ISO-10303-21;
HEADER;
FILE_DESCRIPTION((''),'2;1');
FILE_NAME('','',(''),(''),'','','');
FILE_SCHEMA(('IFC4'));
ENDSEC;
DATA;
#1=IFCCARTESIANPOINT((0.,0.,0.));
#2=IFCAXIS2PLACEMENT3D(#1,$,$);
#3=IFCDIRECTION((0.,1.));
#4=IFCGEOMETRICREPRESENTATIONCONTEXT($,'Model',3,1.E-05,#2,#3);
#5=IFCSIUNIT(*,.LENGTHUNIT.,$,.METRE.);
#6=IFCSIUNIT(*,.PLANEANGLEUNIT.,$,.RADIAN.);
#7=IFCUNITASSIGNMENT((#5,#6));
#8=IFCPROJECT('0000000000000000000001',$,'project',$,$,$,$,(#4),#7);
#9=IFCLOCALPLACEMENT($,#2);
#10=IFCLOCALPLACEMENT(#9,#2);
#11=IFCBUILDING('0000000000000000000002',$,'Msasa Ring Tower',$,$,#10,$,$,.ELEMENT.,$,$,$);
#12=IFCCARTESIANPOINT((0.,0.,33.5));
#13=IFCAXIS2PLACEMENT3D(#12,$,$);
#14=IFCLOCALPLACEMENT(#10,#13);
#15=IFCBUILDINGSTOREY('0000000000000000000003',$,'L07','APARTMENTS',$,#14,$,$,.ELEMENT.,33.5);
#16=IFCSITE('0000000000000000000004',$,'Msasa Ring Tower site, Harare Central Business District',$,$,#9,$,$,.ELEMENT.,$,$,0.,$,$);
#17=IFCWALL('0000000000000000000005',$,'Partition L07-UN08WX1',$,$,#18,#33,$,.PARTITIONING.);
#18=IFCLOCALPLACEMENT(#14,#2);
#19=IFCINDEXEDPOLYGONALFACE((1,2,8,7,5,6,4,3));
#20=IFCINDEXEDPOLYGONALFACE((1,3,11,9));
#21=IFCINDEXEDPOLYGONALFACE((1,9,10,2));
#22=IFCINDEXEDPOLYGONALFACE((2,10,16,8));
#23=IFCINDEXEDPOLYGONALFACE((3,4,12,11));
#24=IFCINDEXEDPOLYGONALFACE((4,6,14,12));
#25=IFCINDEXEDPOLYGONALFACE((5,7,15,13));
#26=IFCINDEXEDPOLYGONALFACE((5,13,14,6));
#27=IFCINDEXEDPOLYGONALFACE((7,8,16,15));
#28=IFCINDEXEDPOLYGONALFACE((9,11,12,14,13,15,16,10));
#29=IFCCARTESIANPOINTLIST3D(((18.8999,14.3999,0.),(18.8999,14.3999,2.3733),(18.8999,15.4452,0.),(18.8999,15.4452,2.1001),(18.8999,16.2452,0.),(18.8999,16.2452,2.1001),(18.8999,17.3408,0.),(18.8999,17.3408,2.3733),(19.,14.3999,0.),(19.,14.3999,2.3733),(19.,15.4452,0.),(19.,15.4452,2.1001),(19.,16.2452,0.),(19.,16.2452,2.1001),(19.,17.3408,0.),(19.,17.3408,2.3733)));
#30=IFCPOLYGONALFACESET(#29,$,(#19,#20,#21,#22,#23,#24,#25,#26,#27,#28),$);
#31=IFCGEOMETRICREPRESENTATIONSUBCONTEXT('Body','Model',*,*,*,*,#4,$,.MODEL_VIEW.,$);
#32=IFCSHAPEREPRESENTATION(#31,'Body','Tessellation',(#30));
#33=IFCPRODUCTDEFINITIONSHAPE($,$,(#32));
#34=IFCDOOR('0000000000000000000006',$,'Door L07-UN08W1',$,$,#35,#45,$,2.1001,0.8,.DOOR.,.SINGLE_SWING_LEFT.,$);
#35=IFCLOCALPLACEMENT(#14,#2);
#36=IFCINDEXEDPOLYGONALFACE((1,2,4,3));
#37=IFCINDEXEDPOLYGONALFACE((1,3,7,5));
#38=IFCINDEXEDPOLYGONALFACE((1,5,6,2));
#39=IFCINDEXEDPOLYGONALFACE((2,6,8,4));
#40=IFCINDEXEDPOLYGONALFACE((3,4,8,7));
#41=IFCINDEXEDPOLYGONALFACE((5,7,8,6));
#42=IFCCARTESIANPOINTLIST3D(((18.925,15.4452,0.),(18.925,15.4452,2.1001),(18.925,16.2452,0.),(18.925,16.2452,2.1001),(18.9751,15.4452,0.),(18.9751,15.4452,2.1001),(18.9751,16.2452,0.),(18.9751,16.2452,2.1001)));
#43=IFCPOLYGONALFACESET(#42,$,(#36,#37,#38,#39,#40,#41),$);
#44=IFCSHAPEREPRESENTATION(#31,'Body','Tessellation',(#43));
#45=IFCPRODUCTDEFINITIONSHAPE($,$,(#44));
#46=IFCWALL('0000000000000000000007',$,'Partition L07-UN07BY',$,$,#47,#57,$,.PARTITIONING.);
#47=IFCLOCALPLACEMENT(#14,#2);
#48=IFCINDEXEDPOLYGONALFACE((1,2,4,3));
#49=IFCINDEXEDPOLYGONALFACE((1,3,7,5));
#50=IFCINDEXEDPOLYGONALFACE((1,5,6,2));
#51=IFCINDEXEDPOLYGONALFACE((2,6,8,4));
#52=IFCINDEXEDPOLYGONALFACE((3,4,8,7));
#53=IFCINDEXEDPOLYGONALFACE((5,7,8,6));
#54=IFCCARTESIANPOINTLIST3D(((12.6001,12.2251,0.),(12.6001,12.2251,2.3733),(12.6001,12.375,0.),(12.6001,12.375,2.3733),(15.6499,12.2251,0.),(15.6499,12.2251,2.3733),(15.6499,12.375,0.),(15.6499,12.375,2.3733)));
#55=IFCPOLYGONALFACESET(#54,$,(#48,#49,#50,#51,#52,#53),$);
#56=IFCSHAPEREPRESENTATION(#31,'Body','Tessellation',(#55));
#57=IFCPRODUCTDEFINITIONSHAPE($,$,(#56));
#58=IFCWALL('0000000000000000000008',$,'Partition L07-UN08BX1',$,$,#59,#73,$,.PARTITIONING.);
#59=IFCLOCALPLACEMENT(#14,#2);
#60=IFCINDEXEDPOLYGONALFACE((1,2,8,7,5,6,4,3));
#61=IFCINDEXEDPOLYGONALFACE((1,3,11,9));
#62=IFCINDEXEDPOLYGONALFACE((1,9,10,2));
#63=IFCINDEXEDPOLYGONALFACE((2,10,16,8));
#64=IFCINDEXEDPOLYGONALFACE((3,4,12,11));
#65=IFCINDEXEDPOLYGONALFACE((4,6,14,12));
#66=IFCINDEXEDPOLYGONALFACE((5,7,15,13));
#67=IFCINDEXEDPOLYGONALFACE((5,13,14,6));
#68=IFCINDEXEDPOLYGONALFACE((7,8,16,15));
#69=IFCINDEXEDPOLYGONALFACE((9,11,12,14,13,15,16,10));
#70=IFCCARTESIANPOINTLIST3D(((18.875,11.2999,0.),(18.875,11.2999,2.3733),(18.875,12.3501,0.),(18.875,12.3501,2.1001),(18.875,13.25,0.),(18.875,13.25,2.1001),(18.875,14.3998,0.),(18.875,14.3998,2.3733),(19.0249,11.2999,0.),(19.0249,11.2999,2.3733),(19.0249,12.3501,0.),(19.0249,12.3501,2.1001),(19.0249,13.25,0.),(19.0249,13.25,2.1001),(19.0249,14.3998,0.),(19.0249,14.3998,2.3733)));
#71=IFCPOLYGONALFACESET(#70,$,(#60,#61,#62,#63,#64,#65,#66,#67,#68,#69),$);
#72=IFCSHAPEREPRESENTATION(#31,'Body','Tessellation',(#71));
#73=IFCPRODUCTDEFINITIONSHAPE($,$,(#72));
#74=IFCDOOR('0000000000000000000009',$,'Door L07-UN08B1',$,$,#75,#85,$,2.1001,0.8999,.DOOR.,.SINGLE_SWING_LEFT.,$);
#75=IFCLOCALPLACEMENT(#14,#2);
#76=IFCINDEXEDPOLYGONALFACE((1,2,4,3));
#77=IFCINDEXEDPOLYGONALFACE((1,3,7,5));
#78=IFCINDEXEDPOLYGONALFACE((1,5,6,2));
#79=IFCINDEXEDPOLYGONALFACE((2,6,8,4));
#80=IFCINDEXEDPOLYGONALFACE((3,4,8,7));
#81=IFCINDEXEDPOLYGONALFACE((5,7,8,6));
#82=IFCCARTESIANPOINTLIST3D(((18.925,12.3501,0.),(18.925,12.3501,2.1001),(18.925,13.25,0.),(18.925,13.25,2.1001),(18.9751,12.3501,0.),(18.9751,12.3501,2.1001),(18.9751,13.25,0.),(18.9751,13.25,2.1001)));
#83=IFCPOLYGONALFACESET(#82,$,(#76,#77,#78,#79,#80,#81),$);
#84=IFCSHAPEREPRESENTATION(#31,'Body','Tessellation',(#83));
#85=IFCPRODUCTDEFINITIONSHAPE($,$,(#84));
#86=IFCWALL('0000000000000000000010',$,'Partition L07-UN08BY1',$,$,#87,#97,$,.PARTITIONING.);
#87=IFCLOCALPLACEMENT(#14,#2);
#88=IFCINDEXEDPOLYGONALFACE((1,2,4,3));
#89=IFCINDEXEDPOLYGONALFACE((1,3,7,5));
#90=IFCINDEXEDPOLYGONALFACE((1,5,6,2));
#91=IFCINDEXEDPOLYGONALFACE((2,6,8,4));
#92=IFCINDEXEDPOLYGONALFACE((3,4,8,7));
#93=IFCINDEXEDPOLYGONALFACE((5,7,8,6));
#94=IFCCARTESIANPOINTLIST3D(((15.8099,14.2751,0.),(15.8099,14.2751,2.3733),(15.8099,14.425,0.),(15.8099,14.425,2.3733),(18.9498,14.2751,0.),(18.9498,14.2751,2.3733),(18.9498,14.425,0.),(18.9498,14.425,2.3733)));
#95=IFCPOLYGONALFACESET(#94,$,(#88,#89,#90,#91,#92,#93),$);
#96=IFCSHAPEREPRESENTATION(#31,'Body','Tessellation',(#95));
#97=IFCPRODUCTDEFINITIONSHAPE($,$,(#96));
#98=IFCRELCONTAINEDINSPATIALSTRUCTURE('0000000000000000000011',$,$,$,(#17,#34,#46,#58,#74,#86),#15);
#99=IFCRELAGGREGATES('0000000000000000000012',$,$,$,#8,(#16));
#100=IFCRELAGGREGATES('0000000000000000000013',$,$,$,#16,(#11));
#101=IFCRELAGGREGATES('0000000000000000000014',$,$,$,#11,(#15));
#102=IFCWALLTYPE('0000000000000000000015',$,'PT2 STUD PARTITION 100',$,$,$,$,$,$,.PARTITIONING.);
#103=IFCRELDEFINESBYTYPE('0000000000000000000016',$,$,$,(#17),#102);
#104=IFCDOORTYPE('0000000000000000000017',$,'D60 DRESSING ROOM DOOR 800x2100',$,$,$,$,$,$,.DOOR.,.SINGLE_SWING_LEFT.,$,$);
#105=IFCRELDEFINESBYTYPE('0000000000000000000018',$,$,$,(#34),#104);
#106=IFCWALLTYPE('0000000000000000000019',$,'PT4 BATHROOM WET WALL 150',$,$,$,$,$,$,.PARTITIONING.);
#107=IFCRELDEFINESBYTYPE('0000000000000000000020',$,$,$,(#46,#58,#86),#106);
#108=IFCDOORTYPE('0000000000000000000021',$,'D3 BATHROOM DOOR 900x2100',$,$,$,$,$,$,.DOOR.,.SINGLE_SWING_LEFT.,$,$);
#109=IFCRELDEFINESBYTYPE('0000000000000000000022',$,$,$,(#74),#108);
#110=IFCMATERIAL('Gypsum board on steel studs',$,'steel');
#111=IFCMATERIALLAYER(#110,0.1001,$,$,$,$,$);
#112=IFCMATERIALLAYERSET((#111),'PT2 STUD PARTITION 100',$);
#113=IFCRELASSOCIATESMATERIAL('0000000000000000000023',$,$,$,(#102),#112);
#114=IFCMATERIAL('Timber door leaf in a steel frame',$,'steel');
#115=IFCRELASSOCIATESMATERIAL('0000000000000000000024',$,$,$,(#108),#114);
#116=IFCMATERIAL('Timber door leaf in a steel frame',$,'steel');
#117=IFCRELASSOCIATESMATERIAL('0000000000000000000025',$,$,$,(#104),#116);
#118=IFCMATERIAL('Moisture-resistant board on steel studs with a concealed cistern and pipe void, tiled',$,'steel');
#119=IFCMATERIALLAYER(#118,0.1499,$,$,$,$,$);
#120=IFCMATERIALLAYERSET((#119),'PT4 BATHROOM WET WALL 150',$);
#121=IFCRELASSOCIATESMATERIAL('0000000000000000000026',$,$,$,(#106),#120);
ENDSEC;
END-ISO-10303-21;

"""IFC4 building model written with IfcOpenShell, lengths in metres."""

from ifc_helpers import new_model, si_unit, direction, frame, frame_2d, origin, place, context, subcontext, project, spatial, rectangle, extrude, material, layer, layer_set, type_object, element, fill, save


model = new_model("IFC4")

# Units and contexts
model_context = context("Model", 3, precision=1e-05, world=origin(), true_north=direction((0.0, 1.0)))
body_context = subcontext(model_context, "Body", "Model", "MODEL_VIEW")
ifc_project = project(units=[si_unit("LENGTHUNIT", "METRE"), si_unit("PLANEANGLEUNIT", "RADIAN")], contexts=[model_context])

# Site, building, storey
site_placement = place(None, origin())
site = spatial("IfcSite", under=ifc_project, at=site_placement, Name="Msasa Ring Tower site, Harare Central Business District", CompositionType="ELEMENT", RefElevation=0.0)
building_placement = place(site_placement, origin())
building = spatial("IfcBuilding", under=site, at=building_placement, Name="Msasa Ring Tower", CompositionType="ELEMENT")
storey_placement = place(building_placement, frame((0.0, 0.0, 33.5)))
storey = spatial("IfcBuildingStorey", under=building, at=storey_placement, Name="L07", Description="APARTMENTS", CompositionType="ELEMENT", Elevation=33.5)

# Shared definitions
ifc_material_1 = material(Name="Gypsum board on steel studs", Category="steel")
ifc_layer_1 = layer(ifc_material_1, 0.1001)
ifc_layer_set_1 = layer_set([ifc_layer_1], Name="PT2 STUD PARTITION 100")
wall_type_1 = type_object("IfcWallType", Name="PT2 STUD PARTITION 100", PredefinedType="PARTITIONING", material=ifc_layer_set_1)

# Shared definitions
ifc_material_2 = material(Name="Timber door leaf in a steel frame", Category="steel")
door_type_1 = type_object("IfcDoorType", Name="D3 BATHROOM DOOR 900x2100", OperationType="SINGLE_SWING_LEFT", PredefinedType="DOOR", material=ifc_material_2)

# Wall, opening, door
wall_1_placement = place(storey_placement, frame((18.95, 14.3999, 0.0), z_axis=(0.0, 0.0, 1.0), x_axis=(0.0, 1.0, 0.0)))
wall_1 = element("IfcWall", 1, at=wall_1_placement, inside=storey, type_object=wall_type_1, Name="Partition L07-UN08WX1", PredefinedType="PARTITIONING", context=body_context, shape_type="SweptSolid", body=[
    extrude(rectangle(XDim=2.9409, YDim=0.1001, at=frame_2d((1.4705, 0.0))), origin(), (0.0, 0.0, 1.0), 2.3733),
])
opening_1_placement = place(wall_1_placement, frame((1.0454, 0.0, 0.0)))
opening_1 = element("IfcOpeningElement", 2, at=opening_1_placement, cuts=wall_1, PredefinedType="OPENING", context=body_context, shape_type="SweptSolid", body=[
    extrude(rectangle(XDim=0.8, YDim=2.1001, at=frame_2d((0.3999, 1.05))), frame((0.0, 0.0601, 0.0), z_axis=(0.0, -1.0, 0.0), x_axis=(1.0, 0.0, 0.0)), (0.0, 0.0, 1.0), 0.1201),
])
ifc_material_3 = material(Name="Timber door leaf in a steel frame", Category="steel")
door_type_2 = type_object("IfcDoorType", Name="D60 DRESSING ROOM DOOR 800x2100", OperationType="SINGLE_SWING_LEFT", PredefinedType="DOOR", material=ifc_material_3)
door_1_placement = place(opening_1_placement, origin())
door_1 = element("IfcDoor", 3, at=door_1_placement, inside=storey, type_object=door_type_2, Name="Door L07-UN08W1", OperationType="SINGLE_SWING_LEFT", OverallHeight=2.1001, OverallWidth=0.8, PredefinedType="DOOR", context=body_context, shape_type="SweptSolid", body=[
    extrude(rectangle(XDim=0.8, YDim=2.1001, at=frame_2d((0.3999, 1.05))), frame((0.0, 0.0249, 0.0), z_axis=(0.0, -1.0, 0.0), x_axis=(1.0, 0.0, 0.0)), (0.0, 0.0, 1.0), 0.05),
])
fill(opening_1, door_1)

# Wall
ifc_material_4 = material(Name="Moisture-resistant board on steel studs with a concealed cistern and pipe void, tiled", Category="steel")
ifc_layer_2 = layer(ifc_material_4, 0.1499)
ifc_layer_set_2 = layer_set([ifc_layer_2], Name="PT4 BATHROOM WET WALL 150")
wall_type_2 = type_object("IfcWallType", Name="PT4 BATHROOM WET WALL 150", PredefinedType="PARTITIONING", material=ifc_layer_set_2)
wall_2_placement = place(storey_placement, frame((12.6001, 12.3, 0.0), z_axis=(0.0, 0.0, 1.0), x_axis=(1.0, 0.0, 0.0)))
element("IfcWall", 4, at=wall_2_placement, inside=storey, type_object=wall_type_2, Name="Partition L07-UN07BY", PredefinedType="PARTITIONING", context=body_context, shape_type="SweptSolid", body=[
    extrude(rectangle(XDim=3.0498, YDim=0.1499, at=frame_2d((1.5249, 0.0))), origin(), (0.0, 0.0, 1.0), 2.3733),
])

# Wall, opening, door
wall_3_placement = place(storey_placement, frame((18.95, 11.3, 0.0), z_axis=(0.0, 0.0, 1.0), x_axis=(0.0, 1.0, 0.0)))
wall_3 = element("IfcWall", 5, at=wall_3_placement, inside=storey, type_object=wall_type_2, Name="Partition L07-UN08BX1", PredefinedType="PARTITIONING", context=body_context, shape_type="SweptSolid", body=[
    extrude(rectangle(XDim=3.0999, YDim=0.1499, at=frame_2d((1.5498, 0.0))), origin(), (0.0, 0.0, 1.0), 2.3733),
])
opening_2_placement = place(wall_3_placement, frame((1.05, 0.0, 0.0)))
opening_2 = element("IfcOpeningElement", 6, at=opening_2_placement, cuts=wall_3, PredefinedType="OPENING", context=body_context, shape_type="SweptSolid", body=[
    extrude(rectangle(XDim=0.8999, YDim=2.1001, at=frame_2d((0.45, 1.05))), frame((0.0, 0.085, 0.0), z_axis=(0.0, -1.0, 0.0), x_axis=(1.0, 0.0, 0.0)), (0.0, 0.0, 1.0), 0.1699),
])
door_2_placement = place(opening_2_placement, origin())
door_2 = element("IfcDoor", 7, at=door_2_placement, inside=storey, type_object=door_type_1, Name="Door L07-UN08B1", OperationType="SINGLE_SWING_LEFT", OverallHeight=2.1001, OverallWidth=0.8999, PredefinedType="DOOR", context=body_context, shape_type="SweptSolid", body=[
    extrude(rectangle(XDim=0.8999, YDim=2.1001, at=frame_2d((0.45, 1.05))), frame((0.0, 0.0249, 0.0), z_axis=(0.0, -1.0, 0.0), x_axis=(1.0, 0.0, 0.0)), (0.0, 0.0, 1.0), 0.05),
])
fill(opening_2, door_2)

# Wall
wall_4_placement = place(storey_placement, frame((15.8101, 14.3501, 0.0), z_axis=(0.0, 0.0, 1.0), x_axis=(1.0, 0.0, 0.0)))
element("IfcWall", 8, at=wall_4_placement, inside=storey, type_object=wall_type_2, Name="Partition L07-UN08BY1", PredefinedType="PARTITIONING", context=body_context, shape_type="SweptSolid", body=[
    extrude(rectangle(XDim=3.1399, YDim=0.1499, at=frame_2d((1.5698, 0.0))), origin(), (0.0, 0.0, 1.0), 2.3733),
])

save(model, "model.ifc")
